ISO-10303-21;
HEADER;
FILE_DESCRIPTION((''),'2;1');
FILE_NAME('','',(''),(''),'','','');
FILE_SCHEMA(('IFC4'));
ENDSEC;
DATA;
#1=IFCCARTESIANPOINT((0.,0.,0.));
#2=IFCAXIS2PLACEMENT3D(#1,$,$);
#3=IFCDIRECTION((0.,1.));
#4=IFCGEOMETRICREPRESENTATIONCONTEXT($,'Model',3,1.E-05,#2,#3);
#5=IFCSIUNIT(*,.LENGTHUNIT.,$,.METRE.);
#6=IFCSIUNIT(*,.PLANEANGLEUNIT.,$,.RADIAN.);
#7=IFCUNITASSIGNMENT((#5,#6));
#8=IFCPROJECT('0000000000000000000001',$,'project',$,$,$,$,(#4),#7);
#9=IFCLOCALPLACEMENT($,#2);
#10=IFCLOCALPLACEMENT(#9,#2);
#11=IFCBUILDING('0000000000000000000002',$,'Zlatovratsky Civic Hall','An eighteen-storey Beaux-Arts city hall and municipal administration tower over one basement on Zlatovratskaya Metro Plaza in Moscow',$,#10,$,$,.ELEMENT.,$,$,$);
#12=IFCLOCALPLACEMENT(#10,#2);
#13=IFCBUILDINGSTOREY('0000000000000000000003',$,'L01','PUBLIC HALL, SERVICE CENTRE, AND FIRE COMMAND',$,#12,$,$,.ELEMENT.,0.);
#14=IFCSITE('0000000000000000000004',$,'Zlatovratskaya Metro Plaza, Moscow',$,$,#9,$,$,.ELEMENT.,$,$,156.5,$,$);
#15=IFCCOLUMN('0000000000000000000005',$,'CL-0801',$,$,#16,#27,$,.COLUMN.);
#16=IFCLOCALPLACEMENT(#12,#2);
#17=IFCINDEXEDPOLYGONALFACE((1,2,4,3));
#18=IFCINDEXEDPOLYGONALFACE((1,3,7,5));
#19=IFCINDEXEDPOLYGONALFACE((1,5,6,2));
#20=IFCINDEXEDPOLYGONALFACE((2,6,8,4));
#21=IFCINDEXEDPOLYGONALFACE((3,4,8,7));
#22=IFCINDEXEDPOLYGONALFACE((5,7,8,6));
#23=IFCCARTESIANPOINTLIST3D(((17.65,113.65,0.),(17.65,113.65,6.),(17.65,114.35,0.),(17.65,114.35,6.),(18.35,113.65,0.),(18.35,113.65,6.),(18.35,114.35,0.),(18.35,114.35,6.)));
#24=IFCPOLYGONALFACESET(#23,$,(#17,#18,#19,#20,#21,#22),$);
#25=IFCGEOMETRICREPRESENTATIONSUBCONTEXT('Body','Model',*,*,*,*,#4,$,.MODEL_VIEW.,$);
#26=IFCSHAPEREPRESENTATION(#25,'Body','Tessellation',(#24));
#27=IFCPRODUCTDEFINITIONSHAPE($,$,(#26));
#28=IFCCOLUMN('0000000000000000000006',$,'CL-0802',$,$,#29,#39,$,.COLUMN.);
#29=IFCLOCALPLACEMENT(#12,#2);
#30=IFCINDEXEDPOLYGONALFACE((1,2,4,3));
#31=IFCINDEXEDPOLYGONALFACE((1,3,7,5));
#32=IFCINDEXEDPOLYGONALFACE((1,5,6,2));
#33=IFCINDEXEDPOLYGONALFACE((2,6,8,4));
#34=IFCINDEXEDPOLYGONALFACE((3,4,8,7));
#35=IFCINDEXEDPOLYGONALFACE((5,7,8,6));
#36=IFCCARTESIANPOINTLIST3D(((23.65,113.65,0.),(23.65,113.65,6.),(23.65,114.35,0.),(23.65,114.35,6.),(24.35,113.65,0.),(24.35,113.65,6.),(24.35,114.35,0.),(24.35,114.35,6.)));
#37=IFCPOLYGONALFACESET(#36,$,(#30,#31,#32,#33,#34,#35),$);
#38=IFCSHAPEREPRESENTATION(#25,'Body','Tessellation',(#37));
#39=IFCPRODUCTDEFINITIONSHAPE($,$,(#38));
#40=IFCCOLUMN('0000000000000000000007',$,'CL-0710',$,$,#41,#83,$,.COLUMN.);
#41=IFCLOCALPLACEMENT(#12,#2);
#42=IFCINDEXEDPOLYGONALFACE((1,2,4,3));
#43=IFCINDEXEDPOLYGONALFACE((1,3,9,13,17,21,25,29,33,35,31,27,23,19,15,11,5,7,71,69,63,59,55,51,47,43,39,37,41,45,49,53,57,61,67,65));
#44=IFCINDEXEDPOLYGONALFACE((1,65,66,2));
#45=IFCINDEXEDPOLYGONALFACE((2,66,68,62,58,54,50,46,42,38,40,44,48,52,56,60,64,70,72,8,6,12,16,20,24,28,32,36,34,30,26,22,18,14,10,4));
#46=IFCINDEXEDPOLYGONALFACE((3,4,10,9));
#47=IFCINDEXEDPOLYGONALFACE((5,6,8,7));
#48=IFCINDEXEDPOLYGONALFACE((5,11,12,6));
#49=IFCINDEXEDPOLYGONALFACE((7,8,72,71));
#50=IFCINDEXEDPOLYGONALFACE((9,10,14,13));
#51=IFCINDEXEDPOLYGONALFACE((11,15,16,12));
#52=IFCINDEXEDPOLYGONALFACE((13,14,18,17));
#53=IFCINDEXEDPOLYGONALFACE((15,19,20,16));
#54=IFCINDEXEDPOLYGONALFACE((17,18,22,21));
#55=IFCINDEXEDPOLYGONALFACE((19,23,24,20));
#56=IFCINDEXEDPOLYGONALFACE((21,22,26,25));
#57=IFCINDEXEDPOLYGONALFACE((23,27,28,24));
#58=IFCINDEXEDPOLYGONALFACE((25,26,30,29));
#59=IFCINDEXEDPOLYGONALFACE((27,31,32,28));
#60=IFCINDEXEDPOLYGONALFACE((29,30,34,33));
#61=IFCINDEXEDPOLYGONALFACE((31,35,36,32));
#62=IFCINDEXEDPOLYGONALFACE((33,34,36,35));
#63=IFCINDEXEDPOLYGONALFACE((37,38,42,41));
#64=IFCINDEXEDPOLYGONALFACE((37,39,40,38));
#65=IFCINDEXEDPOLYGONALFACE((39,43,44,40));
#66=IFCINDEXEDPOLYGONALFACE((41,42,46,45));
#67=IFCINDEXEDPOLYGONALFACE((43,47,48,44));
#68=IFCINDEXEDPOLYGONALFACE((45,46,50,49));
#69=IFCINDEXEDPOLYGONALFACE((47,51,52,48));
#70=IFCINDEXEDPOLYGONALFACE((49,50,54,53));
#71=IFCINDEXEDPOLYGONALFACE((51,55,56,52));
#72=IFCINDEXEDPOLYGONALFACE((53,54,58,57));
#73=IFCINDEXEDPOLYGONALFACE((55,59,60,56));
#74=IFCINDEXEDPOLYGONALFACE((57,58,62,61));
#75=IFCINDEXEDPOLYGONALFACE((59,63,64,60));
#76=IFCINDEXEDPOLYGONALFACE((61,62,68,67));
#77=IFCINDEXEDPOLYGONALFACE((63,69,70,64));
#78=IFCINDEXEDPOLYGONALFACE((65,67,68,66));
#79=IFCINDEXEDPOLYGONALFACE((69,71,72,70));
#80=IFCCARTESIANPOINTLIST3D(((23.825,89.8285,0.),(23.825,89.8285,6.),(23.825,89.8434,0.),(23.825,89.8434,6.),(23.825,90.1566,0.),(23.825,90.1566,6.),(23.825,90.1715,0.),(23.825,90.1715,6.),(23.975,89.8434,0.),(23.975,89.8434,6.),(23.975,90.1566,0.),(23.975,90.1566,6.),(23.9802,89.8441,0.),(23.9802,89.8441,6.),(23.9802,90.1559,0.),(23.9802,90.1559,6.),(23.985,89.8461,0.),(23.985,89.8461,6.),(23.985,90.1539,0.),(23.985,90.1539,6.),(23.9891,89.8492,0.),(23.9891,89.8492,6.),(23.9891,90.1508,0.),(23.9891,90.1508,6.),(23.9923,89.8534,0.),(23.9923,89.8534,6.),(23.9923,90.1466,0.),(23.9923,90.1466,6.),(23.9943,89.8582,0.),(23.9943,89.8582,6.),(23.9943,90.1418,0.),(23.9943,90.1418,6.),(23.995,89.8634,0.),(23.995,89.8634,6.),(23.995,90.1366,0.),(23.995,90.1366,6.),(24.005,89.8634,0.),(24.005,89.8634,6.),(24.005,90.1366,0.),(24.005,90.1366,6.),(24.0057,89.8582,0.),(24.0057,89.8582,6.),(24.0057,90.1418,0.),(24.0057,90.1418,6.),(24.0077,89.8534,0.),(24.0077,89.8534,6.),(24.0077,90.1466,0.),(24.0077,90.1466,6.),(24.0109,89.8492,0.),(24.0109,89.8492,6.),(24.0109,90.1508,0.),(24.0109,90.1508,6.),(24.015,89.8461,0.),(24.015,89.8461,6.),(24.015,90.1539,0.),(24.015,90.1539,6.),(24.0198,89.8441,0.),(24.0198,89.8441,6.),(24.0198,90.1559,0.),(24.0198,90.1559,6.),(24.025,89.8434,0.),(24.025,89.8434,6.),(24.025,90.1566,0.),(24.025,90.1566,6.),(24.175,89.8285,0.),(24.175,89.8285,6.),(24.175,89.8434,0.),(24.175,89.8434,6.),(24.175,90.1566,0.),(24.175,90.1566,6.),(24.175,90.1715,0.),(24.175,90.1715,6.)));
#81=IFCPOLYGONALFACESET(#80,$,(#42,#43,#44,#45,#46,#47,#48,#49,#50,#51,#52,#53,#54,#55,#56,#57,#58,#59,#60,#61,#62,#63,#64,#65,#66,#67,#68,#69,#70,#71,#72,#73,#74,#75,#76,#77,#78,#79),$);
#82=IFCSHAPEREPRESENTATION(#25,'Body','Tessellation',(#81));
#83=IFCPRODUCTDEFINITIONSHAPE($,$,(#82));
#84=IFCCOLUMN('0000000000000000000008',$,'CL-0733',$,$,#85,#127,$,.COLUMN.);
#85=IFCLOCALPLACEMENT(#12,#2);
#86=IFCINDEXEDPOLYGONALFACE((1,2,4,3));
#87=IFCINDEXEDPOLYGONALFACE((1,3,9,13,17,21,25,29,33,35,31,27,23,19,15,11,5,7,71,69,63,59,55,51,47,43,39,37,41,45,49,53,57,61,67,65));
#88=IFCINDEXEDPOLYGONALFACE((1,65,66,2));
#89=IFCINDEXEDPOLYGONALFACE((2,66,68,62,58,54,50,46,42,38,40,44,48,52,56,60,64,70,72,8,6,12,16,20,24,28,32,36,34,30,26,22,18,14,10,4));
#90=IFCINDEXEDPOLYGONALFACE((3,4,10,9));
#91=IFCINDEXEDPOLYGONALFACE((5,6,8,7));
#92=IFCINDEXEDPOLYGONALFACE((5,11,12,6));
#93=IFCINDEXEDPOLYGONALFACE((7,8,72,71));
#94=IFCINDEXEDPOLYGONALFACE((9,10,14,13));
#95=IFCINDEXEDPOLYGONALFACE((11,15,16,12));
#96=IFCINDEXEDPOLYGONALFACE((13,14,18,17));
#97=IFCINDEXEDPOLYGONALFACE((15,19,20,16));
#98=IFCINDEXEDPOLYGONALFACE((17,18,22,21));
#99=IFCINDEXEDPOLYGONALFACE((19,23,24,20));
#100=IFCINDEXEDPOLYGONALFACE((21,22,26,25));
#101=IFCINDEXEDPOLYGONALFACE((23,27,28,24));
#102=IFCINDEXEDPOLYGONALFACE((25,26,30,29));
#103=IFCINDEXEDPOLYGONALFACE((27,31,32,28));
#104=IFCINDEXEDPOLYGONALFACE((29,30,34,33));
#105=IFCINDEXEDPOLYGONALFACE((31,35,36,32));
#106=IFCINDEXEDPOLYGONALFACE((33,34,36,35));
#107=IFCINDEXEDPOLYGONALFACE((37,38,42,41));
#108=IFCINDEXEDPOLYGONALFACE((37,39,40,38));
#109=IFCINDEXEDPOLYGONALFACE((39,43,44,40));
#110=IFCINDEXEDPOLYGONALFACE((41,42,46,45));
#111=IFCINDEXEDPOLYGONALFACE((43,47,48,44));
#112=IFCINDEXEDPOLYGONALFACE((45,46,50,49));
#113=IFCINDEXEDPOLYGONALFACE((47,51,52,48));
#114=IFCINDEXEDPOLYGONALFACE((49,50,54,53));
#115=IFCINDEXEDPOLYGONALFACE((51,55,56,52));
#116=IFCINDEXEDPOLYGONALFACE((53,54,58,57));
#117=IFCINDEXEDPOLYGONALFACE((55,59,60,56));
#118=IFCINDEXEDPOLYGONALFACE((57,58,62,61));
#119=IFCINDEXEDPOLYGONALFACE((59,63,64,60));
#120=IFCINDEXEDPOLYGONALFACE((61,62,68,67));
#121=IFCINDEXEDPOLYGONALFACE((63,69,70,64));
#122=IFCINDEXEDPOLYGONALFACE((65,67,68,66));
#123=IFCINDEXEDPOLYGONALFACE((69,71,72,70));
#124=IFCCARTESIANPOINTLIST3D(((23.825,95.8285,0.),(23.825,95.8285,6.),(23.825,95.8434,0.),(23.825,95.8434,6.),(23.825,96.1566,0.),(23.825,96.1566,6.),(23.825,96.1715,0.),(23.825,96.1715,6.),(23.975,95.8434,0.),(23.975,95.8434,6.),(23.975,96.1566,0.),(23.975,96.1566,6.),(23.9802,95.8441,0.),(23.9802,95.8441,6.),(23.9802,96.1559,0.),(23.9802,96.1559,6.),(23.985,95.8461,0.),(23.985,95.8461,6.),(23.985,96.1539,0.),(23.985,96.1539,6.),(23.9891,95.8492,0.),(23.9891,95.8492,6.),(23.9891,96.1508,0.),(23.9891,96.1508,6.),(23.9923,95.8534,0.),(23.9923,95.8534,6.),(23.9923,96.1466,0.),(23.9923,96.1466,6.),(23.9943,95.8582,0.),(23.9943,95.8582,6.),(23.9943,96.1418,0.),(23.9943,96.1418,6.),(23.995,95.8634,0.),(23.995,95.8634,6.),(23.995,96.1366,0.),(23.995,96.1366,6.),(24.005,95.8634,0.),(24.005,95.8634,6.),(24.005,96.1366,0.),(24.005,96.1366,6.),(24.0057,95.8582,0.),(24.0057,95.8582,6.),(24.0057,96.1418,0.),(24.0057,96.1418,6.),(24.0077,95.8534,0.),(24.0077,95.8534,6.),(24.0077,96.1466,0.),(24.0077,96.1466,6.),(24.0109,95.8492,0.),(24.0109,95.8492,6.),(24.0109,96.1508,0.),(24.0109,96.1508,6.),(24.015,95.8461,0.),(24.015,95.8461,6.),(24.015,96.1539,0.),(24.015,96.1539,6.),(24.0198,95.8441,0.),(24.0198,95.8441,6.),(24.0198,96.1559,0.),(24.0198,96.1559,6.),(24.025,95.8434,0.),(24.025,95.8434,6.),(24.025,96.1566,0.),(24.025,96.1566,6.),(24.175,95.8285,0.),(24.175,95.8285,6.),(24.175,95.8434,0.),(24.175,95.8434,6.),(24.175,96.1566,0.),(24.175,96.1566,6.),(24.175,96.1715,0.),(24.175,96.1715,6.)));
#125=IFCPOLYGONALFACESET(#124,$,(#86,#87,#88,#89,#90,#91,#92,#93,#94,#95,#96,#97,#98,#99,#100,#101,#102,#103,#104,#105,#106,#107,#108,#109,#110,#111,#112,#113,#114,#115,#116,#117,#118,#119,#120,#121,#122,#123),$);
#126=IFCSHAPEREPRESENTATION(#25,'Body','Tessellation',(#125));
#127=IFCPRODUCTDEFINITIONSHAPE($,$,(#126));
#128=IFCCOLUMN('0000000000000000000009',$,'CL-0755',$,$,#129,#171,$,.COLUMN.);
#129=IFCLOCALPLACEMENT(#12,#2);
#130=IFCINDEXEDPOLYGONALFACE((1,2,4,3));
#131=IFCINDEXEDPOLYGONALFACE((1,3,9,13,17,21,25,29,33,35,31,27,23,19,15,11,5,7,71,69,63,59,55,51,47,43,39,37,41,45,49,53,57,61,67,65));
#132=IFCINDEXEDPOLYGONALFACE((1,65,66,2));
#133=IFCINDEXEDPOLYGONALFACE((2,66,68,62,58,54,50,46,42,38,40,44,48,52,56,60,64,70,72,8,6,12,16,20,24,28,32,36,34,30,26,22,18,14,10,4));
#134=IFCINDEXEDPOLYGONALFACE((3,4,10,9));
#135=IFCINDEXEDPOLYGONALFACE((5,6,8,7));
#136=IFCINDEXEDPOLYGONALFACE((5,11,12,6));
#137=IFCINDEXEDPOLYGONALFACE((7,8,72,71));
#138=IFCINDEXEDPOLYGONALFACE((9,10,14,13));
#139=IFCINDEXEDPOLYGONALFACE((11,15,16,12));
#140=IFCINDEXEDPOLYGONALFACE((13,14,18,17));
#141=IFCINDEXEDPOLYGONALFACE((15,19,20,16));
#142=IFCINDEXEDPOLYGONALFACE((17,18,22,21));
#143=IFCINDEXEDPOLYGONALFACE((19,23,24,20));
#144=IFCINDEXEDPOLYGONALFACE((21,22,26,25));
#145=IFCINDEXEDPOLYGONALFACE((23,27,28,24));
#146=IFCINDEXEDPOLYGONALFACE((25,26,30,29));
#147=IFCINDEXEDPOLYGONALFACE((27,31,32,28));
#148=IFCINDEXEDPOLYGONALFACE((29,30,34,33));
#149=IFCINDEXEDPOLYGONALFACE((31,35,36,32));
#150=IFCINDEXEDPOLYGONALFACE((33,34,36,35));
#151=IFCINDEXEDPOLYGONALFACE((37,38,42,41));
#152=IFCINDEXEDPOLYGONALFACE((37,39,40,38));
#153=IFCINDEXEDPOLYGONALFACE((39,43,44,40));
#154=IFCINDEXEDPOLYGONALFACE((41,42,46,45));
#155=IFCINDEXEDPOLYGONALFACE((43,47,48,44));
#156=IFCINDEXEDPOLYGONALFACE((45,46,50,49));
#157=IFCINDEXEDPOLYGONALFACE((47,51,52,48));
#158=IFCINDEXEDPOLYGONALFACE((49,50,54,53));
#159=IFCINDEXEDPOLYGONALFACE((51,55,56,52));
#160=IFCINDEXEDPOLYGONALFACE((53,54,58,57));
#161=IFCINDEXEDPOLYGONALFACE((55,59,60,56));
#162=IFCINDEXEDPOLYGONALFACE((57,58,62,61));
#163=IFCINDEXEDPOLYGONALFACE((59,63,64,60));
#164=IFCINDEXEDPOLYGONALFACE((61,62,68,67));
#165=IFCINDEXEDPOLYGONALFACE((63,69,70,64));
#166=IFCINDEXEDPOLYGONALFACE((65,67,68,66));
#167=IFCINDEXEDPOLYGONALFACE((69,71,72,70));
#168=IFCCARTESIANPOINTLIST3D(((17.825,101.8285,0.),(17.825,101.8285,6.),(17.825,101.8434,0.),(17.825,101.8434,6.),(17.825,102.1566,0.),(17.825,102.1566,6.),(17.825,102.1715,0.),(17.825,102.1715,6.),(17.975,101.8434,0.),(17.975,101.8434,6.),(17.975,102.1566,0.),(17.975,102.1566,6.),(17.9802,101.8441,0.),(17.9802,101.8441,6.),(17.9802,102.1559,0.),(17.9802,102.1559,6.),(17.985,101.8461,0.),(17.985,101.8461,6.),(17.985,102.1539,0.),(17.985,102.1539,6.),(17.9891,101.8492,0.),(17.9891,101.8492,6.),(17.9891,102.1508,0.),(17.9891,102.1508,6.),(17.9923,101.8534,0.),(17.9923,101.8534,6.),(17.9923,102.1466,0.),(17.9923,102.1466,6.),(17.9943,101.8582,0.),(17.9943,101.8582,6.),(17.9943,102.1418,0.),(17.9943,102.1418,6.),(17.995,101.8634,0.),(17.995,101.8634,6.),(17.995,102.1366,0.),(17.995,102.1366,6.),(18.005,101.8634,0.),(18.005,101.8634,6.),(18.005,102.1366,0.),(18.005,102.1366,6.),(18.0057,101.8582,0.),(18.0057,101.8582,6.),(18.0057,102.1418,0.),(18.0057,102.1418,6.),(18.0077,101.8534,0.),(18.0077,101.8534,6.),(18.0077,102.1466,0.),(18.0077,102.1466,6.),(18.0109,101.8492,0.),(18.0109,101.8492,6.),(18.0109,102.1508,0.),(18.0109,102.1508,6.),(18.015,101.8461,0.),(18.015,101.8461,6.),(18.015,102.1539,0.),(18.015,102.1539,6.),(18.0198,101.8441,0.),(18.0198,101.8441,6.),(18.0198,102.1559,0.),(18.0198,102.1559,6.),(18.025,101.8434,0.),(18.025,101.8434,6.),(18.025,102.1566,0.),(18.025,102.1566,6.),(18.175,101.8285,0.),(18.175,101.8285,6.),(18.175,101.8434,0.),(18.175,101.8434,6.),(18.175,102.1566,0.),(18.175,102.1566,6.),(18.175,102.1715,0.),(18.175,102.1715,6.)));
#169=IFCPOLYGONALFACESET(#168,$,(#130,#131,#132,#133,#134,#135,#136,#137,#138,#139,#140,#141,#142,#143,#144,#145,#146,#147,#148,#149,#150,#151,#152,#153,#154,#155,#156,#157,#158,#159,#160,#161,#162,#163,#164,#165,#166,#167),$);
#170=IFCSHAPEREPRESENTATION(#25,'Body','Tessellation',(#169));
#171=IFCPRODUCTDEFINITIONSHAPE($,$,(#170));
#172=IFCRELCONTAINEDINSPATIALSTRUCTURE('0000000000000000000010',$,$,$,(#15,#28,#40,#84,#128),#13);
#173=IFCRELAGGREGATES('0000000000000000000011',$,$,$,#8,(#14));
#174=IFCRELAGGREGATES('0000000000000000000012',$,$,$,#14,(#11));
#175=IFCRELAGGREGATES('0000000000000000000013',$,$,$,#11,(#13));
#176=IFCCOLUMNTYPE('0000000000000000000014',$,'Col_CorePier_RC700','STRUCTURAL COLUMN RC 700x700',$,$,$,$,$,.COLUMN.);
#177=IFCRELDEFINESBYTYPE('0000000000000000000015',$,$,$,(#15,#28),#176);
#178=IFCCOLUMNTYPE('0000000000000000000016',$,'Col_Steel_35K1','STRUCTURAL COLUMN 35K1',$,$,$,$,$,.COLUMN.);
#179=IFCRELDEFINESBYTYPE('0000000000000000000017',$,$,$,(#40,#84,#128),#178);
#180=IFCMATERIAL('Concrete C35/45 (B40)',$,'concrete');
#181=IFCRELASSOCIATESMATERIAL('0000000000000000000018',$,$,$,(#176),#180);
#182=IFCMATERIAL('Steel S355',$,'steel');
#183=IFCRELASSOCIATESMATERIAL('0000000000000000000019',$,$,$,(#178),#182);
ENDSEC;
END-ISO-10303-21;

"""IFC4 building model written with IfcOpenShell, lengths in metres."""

from ifc_helpers import new_model, si_unit, direction, frame, origin, origin_2d, place, context, subcontext, project, spatial, rectangle, i_section, extrude, material, material_profile, profile_set, type_object, element, save


model = new_model("IFC4")

# Units and contexts
model_context = context("Model", 3, precision=1e-05, world=origin(), true_north=direction((0.0, 1.0)))
body_context = subcontext(model_context, "Body", "Model", "MODEL_VIEW")
ifc_project = project(units=[si_unit("LENGTHUNIT", "METRE"), si_unit("PLANEANGLEUNIT", "RADIAN")], contexts=[model_context])

# Site, building, storey
site_placement = place(None, origin())
site = spatial("IfcSite", under=ifc_project, at=site_placement, Name="Zlatovratskaya Metro Plaza, Moscow", CompositionType="ELEMENT", RefElevation=156.5)
building_placement = place(site_placement, origin())
building = spatial("IfcBuilding", under=site, at=building_placement, Name="Zlatovratsky Civic Hall", Description="An eighteen-storey Beaux-Arts city hall and municipal administration tower over one basement on Zlatovratskaya Metro Plaza in Moscow", CompositionType="ELEMENT")
storey_placement = place(building_placement, origin())
storey = spatial("IfcBuildingStorey", under=building, at=storey_placement, Name="L01", Description="PUBLIC HALL, SERVICE CENTRE, AND FIRE COMMAND", CompositionType="ELEMENT", Elevation=0.0)

# Columns
ifc_material_1 = material(Name="Concrete C35/45 (B40)", Category="concrete")
ifc_material_profile_1 = material_profile(ifc_material_1, rectangle(XDim=0.7, YDim=0.7, at=origin_2d()), Name="RC 700x700")
ifc_profile_set_1 = profile_set([ifc_material_profile_1], Name="Concrete C35/45 (B40)")
column_type_1 = type_object("IfcColumnType", Name="Col_CorePier_RC700", Description="STRUCTURAL COLUMN RC 700x700", PredefinedType="COLUMN", material=ifc_profile_set_1)
for number, where, z_axis, x_axis, name in (
    (1, (18.0, 114.0, 0.0), (0.0, 0.0, 1.0), (1.0, 0.0, 0.0), "CL-0801"),
    (2, (24.0, 114.0, 0.0), (0.0, 0.0, 1.0), (1.0, 0.0, 0.0), "CL-0802"),
):
    element("IfcColumn", number, at=place(storey_placement, frame(where, z_axis=z_axis, x_axis=x_axis)), inside=storey, type_object=column_type_1, Name=name, PredefinedType="COLUMN", context=body_context, shape_type="SweptSolid", body=[
        extrude(rectangle(XDim=0.7, YDim=0.7, at=origin_2d()), origin(), (0.0, 0.0, 1.0), 6.0),
    ])
ifc_material_2 = material(Name="Steel S355", Category="steel")
ifc_material_profile_2 = material_profile(ifc_material_2, i_section(OverallWidth=0.3501, OverallDepth=0.343, WebThickness=0.01, FlangeThickness=0.0149, FilletRadius=0.02, at=origin_2d()), Name="35K1")
ifc_profile_set_2 = profile_set([ifc_material_profile_2], Name="Steel S355")
column_type_2 = type_object("IfcColumnType", Name="Col_Steel_35K1", Description="STRUCTURAL COLUMN 35K1", PredefinedType="COLUMN", material=ifc_profile_set_2)
for number, where, z_axis, x_axis, name in (
    (3, (24.0, 90.0, 0.0), (0.0, 0.0, 1.0), (1.0, 0.0, 0.0), "CL-0710"),
    (4, (24.0, 96.0, 0.0), (0.0, 0.0, 1.0), (1.0, 0.0, 0.0), "CL-0733"),
    (5, (18.0, 102.0, 0.0), (0.0, 0.0, 1.0), (1.0, 0.0, 0.0), "CL-0755"),
):
    element("IfcColumn", number, at=place(storey_placement, frame(where, z_axis=z_axis, x_axis=x_axis)), inside=storey, type_object=column_type_2, Name=name, PredefinedType="COLUMN", context=body_context, shape_type="SweptSolid", body=[
        extrude(i_section(OverallWidth=0.3501, OverallDepth=0.343, WebThickness=0.01, FlangeThickness=0.0149, FilletRadius=0.02, at=origin_2d()), origin(), (0.0, 0.0, 1.0), 6.0),
    ])

save(model, "model.ifc")
